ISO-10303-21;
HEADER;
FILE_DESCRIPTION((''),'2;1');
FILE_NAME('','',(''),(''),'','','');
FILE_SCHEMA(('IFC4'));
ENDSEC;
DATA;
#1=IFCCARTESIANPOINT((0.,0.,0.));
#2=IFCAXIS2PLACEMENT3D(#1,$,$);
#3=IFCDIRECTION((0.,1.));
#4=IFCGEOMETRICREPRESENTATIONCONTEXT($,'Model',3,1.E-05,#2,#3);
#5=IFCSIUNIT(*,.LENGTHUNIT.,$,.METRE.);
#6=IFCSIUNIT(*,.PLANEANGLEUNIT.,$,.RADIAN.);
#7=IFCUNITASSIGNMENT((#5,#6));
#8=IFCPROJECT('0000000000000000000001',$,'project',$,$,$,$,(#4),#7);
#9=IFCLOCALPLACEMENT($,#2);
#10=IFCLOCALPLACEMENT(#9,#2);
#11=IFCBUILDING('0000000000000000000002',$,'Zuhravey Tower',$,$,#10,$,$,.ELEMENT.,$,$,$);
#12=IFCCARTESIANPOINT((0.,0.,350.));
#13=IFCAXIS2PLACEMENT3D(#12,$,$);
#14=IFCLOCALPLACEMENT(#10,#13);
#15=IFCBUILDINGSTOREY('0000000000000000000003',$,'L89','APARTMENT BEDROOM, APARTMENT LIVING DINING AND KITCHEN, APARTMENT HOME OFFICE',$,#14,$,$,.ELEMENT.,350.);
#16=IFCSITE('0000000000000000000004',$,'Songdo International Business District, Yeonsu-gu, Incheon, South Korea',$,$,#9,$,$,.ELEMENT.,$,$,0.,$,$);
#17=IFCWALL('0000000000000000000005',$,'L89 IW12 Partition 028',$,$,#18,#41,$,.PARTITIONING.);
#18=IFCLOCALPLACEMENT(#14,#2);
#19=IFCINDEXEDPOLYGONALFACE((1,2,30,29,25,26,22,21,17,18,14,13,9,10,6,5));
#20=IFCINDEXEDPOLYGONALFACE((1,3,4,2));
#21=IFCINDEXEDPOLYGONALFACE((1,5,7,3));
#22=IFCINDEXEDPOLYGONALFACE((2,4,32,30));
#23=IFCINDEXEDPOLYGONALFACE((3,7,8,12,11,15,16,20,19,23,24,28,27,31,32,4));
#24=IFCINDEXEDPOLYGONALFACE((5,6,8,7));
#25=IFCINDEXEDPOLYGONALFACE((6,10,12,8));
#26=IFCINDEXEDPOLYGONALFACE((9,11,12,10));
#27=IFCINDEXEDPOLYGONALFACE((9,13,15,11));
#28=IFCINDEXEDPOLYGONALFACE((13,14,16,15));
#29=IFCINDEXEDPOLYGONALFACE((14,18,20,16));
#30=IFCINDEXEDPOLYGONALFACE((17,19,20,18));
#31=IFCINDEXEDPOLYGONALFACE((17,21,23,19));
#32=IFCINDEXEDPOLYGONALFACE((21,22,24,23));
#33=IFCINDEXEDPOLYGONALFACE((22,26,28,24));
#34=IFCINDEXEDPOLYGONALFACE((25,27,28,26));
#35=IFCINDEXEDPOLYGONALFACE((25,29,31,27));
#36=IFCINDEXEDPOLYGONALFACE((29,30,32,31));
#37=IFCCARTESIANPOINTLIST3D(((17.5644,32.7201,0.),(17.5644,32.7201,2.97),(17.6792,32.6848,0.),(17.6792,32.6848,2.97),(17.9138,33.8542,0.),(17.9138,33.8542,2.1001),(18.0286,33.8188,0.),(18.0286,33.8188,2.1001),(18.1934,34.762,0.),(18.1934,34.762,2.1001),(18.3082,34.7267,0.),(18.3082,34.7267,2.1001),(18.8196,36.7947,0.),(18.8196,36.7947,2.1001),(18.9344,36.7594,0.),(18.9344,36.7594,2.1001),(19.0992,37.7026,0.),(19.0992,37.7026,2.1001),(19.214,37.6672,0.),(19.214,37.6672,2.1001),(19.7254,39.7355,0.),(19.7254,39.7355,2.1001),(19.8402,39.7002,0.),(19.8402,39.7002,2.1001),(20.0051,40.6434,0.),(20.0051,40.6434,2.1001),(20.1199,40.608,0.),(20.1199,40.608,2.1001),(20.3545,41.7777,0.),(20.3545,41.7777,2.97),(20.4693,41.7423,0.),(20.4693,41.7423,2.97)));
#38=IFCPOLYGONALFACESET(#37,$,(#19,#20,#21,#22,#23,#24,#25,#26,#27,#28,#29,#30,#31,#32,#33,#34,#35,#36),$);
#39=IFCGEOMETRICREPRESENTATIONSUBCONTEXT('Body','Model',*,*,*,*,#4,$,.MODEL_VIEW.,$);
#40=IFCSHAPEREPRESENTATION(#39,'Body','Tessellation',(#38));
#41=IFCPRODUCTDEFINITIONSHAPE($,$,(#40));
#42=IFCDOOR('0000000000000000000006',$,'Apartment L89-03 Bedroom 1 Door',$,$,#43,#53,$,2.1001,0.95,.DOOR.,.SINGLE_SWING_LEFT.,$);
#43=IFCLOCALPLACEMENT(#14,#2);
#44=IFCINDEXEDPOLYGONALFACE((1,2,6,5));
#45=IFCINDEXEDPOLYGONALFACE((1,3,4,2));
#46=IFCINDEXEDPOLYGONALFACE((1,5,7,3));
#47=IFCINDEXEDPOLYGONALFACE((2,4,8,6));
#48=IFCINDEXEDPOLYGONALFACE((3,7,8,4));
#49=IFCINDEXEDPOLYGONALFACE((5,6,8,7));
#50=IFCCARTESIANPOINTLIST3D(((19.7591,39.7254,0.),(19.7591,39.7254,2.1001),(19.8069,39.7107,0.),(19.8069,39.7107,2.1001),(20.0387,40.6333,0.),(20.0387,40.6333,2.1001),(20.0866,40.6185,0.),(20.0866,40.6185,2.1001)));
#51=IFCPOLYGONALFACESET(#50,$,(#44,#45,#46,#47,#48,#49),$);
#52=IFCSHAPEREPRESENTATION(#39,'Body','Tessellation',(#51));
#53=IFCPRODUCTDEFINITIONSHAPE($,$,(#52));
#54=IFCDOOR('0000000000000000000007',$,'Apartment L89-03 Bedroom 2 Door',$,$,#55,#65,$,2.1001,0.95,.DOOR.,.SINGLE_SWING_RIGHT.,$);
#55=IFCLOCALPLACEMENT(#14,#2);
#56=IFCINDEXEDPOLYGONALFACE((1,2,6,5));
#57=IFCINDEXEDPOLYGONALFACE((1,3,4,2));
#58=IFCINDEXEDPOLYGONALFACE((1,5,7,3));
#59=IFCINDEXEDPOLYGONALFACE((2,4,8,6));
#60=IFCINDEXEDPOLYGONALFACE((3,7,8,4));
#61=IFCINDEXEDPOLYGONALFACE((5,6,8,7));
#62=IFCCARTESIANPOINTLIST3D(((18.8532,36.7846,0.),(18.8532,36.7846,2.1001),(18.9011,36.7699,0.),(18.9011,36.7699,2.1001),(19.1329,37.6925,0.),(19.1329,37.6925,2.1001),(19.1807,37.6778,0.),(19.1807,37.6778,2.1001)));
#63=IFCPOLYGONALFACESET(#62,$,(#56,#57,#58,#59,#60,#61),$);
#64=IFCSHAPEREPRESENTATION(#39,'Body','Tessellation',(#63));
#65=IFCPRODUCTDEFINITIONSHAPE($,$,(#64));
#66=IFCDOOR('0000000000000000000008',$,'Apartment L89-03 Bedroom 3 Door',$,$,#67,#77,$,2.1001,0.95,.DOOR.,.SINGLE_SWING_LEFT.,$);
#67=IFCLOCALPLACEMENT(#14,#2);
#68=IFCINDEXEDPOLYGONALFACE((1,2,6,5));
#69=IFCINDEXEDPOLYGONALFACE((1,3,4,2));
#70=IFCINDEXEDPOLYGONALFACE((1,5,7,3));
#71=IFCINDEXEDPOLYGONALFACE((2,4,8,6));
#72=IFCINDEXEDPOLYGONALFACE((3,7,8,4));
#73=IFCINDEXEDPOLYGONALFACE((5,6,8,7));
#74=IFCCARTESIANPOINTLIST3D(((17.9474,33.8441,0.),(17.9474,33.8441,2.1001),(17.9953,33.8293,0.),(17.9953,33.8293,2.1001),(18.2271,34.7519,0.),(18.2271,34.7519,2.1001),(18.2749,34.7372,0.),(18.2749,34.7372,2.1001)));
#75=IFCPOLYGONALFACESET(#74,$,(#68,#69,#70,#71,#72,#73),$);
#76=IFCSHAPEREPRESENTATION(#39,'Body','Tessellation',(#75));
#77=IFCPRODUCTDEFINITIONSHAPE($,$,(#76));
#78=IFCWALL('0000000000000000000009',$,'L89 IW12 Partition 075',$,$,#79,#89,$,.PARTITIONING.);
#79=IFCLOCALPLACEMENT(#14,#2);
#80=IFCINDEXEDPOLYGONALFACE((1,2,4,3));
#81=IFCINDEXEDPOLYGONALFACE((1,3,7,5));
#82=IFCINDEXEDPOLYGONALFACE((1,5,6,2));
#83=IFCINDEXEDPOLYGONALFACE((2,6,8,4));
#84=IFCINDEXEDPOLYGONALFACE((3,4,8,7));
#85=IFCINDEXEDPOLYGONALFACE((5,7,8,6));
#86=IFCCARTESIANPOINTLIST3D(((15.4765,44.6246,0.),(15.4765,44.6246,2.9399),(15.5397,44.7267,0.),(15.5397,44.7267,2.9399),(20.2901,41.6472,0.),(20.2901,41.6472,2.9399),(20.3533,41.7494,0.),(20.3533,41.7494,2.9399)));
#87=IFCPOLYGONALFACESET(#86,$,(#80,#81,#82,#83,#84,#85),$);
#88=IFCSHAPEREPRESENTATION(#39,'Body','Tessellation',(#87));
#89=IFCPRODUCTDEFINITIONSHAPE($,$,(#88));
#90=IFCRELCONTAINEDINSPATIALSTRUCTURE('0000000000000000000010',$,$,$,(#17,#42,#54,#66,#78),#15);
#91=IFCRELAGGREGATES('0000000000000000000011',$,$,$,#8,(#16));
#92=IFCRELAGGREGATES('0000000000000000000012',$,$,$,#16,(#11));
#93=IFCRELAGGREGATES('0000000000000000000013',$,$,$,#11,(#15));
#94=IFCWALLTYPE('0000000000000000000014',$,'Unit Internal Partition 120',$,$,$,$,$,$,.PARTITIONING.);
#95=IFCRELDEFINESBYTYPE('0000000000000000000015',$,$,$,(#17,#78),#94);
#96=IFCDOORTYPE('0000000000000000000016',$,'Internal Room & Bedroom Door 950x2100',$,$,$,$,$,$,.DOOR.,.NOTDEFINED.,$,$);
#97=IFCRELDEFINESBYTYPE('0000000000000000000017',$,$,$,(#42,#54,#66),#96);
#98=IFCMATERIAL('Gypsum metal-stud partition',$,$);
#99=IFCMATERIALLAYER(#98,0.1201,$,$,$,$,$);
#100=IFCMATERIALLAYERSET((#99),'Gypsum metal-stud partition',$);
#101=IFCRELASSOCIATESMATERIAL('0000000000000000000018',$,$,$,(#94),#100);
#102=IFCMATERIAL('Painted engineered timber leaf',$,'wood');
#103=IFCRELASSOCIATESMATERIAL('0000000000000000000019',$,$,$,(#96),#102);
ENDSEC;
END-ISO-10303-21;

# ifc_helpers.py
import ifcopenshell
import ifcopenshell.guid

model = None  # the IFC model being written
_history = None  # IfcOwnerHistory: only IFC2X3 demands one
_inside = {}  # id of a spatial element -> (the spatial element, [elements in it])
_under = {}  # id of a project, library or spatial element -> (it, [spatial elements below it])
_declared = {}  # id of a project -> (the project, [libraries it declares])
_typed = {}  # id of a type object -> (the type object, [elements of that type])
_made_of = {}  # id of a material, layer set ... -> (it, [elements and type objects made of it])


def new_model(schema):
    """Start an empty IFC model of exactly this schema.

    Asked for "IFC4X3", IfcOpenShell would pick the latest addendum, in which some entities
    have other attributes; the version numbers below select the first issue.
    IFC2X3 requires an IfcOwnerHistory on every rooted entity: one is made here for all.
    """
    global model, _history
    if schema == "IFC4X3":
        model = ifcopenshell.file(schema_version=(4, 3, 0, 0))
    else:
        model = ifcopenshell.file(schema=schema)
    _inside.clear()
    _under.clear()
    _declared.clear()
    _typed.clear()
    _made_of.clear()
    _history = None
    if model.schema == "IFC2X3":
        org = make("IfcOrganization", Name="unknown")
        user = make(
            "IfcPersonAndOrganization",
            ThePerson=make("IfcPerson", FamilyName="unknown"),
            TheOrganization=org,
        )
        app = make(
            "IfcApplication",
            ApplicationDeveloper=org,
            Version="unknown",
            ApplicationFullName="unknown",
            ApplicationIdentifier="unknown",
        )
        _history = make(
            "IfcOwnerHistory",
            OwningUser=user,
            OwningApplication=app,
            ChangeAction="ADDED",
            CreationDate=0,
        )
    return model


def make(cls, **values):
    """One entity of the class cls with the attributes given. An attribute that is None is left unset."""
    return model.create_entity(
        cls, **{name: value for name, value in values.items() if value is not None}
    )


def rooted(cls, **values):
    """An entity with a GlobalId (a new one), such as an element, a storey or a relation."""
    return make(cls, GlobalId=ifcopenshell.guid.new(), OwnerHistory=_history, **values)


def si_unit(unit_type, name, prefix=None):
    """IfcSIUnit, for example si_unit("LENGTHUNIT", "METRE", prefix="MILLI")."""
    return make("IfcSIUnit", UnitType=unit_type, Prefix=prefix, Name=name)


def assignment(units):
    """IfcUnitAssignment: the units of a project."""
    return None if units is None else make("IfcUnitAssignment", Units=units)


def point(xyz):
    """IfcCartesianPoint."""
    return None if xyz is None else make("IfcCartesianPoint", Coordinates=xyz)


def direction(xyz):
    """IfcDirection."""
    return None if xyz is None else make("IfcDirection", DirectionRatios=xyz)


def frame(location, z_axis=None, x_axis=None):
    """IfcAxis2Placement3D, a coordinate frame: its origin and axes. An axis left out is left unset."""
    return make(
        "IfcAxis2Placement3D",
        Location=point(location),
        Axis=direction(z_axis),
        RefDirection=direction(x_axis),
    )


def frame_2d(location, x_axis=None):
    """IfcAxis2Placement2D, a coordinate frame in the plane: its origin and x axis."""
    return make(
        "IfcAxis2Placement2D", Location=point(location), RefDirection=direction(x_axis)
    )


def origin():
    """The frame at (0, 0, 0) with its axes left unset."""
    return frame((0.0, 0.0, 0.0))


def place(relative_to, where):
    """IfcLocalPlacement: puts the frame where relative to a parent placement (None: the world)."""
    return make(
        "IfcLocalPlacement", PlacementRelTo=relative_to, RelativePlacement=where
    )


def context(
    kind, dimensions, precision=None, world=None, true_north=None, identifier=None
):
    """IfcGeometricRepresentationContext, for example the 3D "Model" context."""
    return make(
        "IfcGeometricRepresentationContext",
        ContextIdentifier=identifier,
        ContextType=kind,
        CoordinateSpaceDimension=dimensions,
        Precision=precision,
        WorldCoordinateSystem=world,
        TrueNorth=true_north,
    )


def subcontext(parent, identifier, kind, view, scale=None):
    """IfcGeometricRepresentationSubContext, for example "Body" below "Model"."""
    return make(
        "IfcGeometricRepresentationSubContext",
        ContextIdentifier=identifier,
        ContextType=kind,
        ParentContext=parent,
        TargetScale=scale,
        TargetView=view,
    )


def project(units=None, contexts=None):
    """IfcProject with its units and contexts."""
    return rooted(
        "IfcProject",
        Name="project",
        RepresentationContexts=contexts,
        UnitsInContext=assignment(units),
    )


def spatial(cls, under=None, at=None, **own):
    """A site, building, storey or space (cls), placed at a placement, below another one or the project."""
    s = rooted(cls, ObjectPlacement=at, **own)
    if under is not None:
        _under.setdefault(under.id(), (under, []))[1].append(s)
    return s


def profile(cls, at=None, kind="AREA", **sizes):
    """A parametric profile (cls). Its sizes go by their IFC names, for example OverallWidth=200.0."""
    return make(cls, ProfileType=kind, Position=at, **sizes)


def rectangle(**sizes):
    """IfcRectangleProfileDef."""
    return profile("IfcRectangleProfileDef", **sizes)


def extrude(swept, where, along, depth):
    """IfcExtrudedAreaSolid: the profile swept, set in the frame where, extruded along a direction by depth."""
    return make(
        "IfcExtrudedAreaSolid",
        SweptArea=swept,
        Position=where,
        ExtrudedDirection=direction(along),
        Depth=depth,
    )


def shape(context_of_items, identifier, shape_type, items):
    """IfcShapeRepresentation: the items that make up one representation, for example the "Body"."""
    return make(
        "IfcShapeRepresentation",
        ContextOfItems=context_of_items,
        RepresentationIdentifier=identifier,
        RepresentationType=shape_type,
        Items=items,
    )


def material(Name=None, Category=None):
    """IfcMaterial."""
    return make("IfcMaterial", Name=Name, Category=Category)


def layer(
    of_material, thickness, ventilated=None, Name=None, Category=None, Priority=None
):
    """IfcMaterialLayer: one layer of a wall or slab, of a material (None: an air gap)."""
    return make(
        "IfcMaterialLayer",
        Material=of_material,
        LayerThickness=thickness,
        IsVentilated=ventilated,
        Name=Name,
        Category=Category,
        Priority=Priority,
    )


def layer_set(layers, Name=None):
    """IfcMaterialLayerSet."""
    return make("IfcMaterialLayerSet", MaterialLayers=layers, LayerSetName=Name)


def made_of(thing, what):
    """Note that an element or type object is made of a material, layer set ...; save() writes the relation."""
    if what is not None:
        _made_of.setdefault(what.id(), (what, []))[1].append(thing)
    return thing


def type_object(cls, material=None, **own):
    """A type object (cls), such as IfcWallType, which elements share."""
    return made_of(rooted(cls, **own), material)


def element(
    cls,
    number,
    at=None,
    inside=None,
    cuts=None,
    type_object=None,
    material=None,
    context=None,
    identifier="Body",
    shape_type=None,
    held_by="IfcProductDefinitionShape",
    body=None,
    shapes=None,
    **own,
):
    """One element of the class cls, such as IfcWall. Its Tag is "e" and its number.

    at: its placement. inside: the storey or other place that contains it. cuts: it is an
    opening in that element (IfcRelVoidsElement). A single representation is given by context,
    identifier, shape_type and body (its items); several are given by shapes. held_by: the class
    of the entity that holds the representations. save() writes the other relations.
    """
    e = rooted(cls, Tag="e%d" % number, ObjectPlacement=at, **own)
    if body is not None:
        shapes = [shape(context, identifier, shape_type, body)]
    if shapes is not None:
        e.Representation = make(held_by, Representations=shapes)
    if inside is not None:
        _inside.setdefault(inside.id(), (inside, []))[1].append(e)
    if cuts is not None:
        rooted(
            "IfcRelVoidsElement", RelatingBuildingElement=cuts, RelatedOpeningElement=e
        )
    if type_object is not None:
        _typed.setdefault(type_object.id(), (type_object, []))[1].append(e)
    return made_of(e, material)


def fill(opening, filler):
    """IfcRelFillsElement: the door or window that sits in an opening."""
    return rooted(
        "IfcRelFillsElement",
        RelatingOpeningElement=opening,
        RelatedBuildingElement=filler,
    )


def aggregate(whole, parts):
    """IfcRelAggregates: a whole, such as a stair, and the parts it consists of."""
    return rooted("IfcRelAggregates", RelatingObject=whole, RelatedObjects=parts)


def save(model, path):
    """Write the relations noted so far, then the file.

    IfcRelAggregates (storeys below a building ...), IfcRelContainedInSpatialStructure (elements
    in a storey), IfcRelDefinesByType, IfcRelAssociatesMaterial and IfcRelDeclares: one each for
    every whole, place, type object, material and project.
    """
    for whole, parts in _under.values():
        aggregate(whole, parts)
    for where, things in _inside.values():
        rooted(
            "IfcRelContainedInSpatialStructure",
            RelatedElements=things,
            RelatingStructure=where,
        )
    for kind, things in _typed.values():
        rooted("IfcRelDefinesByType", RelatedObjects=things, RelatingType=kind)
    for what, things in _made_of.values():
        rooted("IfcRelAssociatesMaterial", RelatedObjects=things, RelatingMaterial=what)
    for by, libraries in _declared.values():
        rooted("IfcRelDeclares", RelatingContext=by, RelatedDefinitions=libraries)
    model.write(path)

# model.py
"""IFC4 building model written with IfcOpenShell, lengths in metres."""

from ifc_helpers import new_model, si_unit, direction, frame, frame_2d, origin, place, context, subcontext, project, spatial, rectangle, extrude, material, layer, layer_set, type_object, element, fill, save


model = new_model("IFC4")

# Units and contexts
model_context = context("Model", 3, precision=1e-05, world=origin(), true_north=direction((0.0, 1.0)))
body_context = subcontext(model_context, "Body", "Model", "MODEL_VIEW")
ifc_project = project(units=[si_unit("LENGTHUNIT", "METRE"), si_unit("PLANEANGLEUNIT", "RADIAN")], contexts=[model_context])

# Site, building, storey
site_placement = place(None, origin())
site = spatial("IfcSite", under=ifc_project, at=site_placement, Name="Songdo International Business District, Yeonsu-gu, Incheon, South Korea", CompositionType="ELEMENT", RefElevation=0.0)
building_placement = place(site_placement, origin())
building = spatial("IfcBuilding", under=site, at=building_placement, Name="Zuhravey Tower", CompositionType="ELEMENT")
storey_placement = place(building_placement, frame((0.0, 0.0, 350.0)))
storey = spatial("IfcBuildingStorey", under=building, at=storey_placement, Name="L89", Description="APARTMENT BEDROOM, APARTMENT LIVING DINING AND KITCHEN, APARTMENT HOME OFFICE", CompositionType="ELEMENT", Elevation=350.0)

# Wall, openings, doors
ifc_material_1 = material(Name="Gypsum metal-stud partition")
ifc_layer_1 = layer(ifc_material_1, 0.1201)
ifc_layer_set_1 = layer_set([ifc_layer_1], Name="Gypsum metal-stud partition")
wall_type_1 = type_object("IfcWallType", Name="Unit Internal Partition 120", PredefinedType="PARTITIONING", material=ifc_layer_set_1)
wall_1_placement = place(storey_placement, frame((20.4119, 41.76, 0.0), z_axis=(0.0, 0.0, 1.0), x_axis=(-0.294383, -0.955688, 0.0)))
wall_1 = element("IfcWall", 1, at=wall_1_placement, inside=storey, type_object=wall_type_1, Name="L89 IW12 Partition 028", PredefinedType="PARTITIONING", context=body_context, shape_type="SweptSolid", body=[
    extrude(rectangle(XDim=9.4775, YDim=0.1201, at=frame_2d((4.7388, 0.0))), origin(), (0.0, 0.0, 1.0), 2.97),
])
opening_1_placement = place(wall_1_placement, frame((1.1868, 0.0, 0.0)))
opening_1 = element("IfcOpeningElement", 2, at=opening_1_placement, cuts=wall_1, PredefinedType="OPENING", context=body_context, shape_type="SweptSolid", body=[
    extrude(rectangle(XDim=0.95, YDim=2.1001, at=frame_2d((0.4751, 1.05))), frame((0.0, 0.072, 0.0), z_axis=(0.0, -1.0, 0.0), x_axis=(1.0, 0.0, 0.0)), (0.0, 0.0, 1.0), 0.144),
])
opening_2_placement = place(wall_1_placement, frame((4.2639, 0.0, 0.0)))
opening_2 = element("IfcOpeningElement", 3, at=opening_2_placement, cuts=wall_1, PredefinedType="OPENING", context=body_context, shape_type="SweptSolid", body=[
    extrude(rectangle(XDim=0.95, YDim=2.1001, at=frame_2d((0.4751, 1.05))), frame((0.0, 0.072, 0.0), z_axis=(0.0, -1.0, 0.0), x_axis=(1.0, 0.0, 0.0)), (0.0, 0.0, 1.0), 0.144),
])
opening_3_placement = place(wall_1_placement, frame((7.3408, 0.0, 0.0)))
opening_3 = element("IfcOpeningElement", 4, at=opening_3_placement, cuts=wall_1, PredefinedType="OPENING", context=body_context, shape_type="SweptSolid", body=[
    extrude(rectangle(XDim=0.95, YDim=2.1001, at=frame_2d((0.4751, 1.05))), frame((0.0, 0.072, 0.0), z_axis=(0.0, -1.0, 0.0), x_axis=(1.0, 0.0, 0.0)), (0.0, 0.0, 1.0), 0.144),
])
ifc_material_2 = material(Name="Painted engineered timber leaf", Category="wood")
door_type_1 = type_object("IfcDoorType", Name="Internal Room & Bedroom Door 950x2100", OperationType="NOTDEFINED", PredefinedType="DOOR", material=ifc_material_2)
door_1_placement = place(opening_1_placement, frame((0.95, 0.0, 0.0), z_axis=(0.0, 0.0, 1.0), x_axis=(-1.0, 0.0, 0.0)))
door_1 = element("IfcDoor", 5, at=door_1_placement, inside=storey, type_object=door_type_1, Name="Apartment L89-03 Bedroom 1 Door", OperationType="SINGLE_SWING_LEFT", OverallHeight=2.1001, OverallWidth=0.95, PredefinedType="DOOR", context=body_context, shape_type="SweptSolid", body=[
    extrude(rectangle(XDim=0.95, YDim=2.1001, at=frame_2d((0.4751, 1.05))), frame((0.0, 0.0249, 0.0), z_axis=(0.0, -1.0, 0.0), x_axis=(1.0, 0.0, 0.0)), (0.0, 0.0, 1.0), 0.05),
])
fill(opening_1, door_1)
door_2_placement = place(opening_2_placement, frame((0.95, 0.0, 0.0), z_axis=(0.0, 0.0, 1.0), x_axis=(-1.0, 0.0, 0.0)))
door_2 = element("IfcDoor", 6, at=door_2_placement, inside=storey, type_object=door_type_1, Name="Apartment L89-03 Bedroom 2 Door", OperationType="SINGLE_SWING_RIGHT", OverallHeight=2.1001, OverallWidth=0.95, PredefinedType="DOOR", context=body_context, shape_type="SweptSolid", body=[
    extrude(rectangle(XDim=0.95, YDim=2.1001, at=frame_2d((0.4751, 1.05))), frame((0.0, 0.0249, 0.0), z_axis=(0.0, -1.0, 0.0), x_axis=(1.0, 0.0, 0.0)), (0.0, 0.0, 1.0), 0.05),
])
fill(opening_2, door_2)
door_3_placement = place(opening_3_placement, frame((0.95, 0.0, 0.0), z_axis=(0.0, 0.0, 1.0), x_axis=(-1.0, 0.0, 0.0)))
door_3 = element("IfcDoor", 7, at=door_3_placement, inside=storey, type_object=door_type_1, Name="Apartment L89-03 Bedroom 3 Door", OperationType="SINGLE_SWING_LEFT", OverallHeight=2.1001, OverallWidth=0.95, PredefinedType="DOOR", context=body_context, shape_type="SweptSolid", body=[
    extrude(rectangle(XDim=0.95, YDim=2.1001, at=frame_2d((0.4751, 1.05))), frame((0.0, 0.0249, 0.0), z_axis=(0.0, -1.0, 0.0), x_axis=(1.0, 0.0, 0.0)), (0.0, 0.0, 1.0), 0.05),
])
fill(opening_3, door_3)

# Wall
wall_2_placement = place(storey_placement, frame((20.3218, 41.6982, 0.0), z_axis=(0.0, 0.0, 1.0), x_axis=(-0.850461, 0.526038, 0.0)))
element("IfcWall", 8, at=wall_2_placement, inside=storey, type_object=wall_type_1, Name="L89 IW12 Partition 075", PredefinedType="PARTITIONING", context=body_context, shape_type="SweptSolid", body=[
    extrude(rectangle(XDim=5.6599, YDim=0.1201, at=frame_2d((2.8301, 0.0))), origin(), (0.0, 0.0, 1.0), 2.9399),
])

save(model, "model.ifc")
